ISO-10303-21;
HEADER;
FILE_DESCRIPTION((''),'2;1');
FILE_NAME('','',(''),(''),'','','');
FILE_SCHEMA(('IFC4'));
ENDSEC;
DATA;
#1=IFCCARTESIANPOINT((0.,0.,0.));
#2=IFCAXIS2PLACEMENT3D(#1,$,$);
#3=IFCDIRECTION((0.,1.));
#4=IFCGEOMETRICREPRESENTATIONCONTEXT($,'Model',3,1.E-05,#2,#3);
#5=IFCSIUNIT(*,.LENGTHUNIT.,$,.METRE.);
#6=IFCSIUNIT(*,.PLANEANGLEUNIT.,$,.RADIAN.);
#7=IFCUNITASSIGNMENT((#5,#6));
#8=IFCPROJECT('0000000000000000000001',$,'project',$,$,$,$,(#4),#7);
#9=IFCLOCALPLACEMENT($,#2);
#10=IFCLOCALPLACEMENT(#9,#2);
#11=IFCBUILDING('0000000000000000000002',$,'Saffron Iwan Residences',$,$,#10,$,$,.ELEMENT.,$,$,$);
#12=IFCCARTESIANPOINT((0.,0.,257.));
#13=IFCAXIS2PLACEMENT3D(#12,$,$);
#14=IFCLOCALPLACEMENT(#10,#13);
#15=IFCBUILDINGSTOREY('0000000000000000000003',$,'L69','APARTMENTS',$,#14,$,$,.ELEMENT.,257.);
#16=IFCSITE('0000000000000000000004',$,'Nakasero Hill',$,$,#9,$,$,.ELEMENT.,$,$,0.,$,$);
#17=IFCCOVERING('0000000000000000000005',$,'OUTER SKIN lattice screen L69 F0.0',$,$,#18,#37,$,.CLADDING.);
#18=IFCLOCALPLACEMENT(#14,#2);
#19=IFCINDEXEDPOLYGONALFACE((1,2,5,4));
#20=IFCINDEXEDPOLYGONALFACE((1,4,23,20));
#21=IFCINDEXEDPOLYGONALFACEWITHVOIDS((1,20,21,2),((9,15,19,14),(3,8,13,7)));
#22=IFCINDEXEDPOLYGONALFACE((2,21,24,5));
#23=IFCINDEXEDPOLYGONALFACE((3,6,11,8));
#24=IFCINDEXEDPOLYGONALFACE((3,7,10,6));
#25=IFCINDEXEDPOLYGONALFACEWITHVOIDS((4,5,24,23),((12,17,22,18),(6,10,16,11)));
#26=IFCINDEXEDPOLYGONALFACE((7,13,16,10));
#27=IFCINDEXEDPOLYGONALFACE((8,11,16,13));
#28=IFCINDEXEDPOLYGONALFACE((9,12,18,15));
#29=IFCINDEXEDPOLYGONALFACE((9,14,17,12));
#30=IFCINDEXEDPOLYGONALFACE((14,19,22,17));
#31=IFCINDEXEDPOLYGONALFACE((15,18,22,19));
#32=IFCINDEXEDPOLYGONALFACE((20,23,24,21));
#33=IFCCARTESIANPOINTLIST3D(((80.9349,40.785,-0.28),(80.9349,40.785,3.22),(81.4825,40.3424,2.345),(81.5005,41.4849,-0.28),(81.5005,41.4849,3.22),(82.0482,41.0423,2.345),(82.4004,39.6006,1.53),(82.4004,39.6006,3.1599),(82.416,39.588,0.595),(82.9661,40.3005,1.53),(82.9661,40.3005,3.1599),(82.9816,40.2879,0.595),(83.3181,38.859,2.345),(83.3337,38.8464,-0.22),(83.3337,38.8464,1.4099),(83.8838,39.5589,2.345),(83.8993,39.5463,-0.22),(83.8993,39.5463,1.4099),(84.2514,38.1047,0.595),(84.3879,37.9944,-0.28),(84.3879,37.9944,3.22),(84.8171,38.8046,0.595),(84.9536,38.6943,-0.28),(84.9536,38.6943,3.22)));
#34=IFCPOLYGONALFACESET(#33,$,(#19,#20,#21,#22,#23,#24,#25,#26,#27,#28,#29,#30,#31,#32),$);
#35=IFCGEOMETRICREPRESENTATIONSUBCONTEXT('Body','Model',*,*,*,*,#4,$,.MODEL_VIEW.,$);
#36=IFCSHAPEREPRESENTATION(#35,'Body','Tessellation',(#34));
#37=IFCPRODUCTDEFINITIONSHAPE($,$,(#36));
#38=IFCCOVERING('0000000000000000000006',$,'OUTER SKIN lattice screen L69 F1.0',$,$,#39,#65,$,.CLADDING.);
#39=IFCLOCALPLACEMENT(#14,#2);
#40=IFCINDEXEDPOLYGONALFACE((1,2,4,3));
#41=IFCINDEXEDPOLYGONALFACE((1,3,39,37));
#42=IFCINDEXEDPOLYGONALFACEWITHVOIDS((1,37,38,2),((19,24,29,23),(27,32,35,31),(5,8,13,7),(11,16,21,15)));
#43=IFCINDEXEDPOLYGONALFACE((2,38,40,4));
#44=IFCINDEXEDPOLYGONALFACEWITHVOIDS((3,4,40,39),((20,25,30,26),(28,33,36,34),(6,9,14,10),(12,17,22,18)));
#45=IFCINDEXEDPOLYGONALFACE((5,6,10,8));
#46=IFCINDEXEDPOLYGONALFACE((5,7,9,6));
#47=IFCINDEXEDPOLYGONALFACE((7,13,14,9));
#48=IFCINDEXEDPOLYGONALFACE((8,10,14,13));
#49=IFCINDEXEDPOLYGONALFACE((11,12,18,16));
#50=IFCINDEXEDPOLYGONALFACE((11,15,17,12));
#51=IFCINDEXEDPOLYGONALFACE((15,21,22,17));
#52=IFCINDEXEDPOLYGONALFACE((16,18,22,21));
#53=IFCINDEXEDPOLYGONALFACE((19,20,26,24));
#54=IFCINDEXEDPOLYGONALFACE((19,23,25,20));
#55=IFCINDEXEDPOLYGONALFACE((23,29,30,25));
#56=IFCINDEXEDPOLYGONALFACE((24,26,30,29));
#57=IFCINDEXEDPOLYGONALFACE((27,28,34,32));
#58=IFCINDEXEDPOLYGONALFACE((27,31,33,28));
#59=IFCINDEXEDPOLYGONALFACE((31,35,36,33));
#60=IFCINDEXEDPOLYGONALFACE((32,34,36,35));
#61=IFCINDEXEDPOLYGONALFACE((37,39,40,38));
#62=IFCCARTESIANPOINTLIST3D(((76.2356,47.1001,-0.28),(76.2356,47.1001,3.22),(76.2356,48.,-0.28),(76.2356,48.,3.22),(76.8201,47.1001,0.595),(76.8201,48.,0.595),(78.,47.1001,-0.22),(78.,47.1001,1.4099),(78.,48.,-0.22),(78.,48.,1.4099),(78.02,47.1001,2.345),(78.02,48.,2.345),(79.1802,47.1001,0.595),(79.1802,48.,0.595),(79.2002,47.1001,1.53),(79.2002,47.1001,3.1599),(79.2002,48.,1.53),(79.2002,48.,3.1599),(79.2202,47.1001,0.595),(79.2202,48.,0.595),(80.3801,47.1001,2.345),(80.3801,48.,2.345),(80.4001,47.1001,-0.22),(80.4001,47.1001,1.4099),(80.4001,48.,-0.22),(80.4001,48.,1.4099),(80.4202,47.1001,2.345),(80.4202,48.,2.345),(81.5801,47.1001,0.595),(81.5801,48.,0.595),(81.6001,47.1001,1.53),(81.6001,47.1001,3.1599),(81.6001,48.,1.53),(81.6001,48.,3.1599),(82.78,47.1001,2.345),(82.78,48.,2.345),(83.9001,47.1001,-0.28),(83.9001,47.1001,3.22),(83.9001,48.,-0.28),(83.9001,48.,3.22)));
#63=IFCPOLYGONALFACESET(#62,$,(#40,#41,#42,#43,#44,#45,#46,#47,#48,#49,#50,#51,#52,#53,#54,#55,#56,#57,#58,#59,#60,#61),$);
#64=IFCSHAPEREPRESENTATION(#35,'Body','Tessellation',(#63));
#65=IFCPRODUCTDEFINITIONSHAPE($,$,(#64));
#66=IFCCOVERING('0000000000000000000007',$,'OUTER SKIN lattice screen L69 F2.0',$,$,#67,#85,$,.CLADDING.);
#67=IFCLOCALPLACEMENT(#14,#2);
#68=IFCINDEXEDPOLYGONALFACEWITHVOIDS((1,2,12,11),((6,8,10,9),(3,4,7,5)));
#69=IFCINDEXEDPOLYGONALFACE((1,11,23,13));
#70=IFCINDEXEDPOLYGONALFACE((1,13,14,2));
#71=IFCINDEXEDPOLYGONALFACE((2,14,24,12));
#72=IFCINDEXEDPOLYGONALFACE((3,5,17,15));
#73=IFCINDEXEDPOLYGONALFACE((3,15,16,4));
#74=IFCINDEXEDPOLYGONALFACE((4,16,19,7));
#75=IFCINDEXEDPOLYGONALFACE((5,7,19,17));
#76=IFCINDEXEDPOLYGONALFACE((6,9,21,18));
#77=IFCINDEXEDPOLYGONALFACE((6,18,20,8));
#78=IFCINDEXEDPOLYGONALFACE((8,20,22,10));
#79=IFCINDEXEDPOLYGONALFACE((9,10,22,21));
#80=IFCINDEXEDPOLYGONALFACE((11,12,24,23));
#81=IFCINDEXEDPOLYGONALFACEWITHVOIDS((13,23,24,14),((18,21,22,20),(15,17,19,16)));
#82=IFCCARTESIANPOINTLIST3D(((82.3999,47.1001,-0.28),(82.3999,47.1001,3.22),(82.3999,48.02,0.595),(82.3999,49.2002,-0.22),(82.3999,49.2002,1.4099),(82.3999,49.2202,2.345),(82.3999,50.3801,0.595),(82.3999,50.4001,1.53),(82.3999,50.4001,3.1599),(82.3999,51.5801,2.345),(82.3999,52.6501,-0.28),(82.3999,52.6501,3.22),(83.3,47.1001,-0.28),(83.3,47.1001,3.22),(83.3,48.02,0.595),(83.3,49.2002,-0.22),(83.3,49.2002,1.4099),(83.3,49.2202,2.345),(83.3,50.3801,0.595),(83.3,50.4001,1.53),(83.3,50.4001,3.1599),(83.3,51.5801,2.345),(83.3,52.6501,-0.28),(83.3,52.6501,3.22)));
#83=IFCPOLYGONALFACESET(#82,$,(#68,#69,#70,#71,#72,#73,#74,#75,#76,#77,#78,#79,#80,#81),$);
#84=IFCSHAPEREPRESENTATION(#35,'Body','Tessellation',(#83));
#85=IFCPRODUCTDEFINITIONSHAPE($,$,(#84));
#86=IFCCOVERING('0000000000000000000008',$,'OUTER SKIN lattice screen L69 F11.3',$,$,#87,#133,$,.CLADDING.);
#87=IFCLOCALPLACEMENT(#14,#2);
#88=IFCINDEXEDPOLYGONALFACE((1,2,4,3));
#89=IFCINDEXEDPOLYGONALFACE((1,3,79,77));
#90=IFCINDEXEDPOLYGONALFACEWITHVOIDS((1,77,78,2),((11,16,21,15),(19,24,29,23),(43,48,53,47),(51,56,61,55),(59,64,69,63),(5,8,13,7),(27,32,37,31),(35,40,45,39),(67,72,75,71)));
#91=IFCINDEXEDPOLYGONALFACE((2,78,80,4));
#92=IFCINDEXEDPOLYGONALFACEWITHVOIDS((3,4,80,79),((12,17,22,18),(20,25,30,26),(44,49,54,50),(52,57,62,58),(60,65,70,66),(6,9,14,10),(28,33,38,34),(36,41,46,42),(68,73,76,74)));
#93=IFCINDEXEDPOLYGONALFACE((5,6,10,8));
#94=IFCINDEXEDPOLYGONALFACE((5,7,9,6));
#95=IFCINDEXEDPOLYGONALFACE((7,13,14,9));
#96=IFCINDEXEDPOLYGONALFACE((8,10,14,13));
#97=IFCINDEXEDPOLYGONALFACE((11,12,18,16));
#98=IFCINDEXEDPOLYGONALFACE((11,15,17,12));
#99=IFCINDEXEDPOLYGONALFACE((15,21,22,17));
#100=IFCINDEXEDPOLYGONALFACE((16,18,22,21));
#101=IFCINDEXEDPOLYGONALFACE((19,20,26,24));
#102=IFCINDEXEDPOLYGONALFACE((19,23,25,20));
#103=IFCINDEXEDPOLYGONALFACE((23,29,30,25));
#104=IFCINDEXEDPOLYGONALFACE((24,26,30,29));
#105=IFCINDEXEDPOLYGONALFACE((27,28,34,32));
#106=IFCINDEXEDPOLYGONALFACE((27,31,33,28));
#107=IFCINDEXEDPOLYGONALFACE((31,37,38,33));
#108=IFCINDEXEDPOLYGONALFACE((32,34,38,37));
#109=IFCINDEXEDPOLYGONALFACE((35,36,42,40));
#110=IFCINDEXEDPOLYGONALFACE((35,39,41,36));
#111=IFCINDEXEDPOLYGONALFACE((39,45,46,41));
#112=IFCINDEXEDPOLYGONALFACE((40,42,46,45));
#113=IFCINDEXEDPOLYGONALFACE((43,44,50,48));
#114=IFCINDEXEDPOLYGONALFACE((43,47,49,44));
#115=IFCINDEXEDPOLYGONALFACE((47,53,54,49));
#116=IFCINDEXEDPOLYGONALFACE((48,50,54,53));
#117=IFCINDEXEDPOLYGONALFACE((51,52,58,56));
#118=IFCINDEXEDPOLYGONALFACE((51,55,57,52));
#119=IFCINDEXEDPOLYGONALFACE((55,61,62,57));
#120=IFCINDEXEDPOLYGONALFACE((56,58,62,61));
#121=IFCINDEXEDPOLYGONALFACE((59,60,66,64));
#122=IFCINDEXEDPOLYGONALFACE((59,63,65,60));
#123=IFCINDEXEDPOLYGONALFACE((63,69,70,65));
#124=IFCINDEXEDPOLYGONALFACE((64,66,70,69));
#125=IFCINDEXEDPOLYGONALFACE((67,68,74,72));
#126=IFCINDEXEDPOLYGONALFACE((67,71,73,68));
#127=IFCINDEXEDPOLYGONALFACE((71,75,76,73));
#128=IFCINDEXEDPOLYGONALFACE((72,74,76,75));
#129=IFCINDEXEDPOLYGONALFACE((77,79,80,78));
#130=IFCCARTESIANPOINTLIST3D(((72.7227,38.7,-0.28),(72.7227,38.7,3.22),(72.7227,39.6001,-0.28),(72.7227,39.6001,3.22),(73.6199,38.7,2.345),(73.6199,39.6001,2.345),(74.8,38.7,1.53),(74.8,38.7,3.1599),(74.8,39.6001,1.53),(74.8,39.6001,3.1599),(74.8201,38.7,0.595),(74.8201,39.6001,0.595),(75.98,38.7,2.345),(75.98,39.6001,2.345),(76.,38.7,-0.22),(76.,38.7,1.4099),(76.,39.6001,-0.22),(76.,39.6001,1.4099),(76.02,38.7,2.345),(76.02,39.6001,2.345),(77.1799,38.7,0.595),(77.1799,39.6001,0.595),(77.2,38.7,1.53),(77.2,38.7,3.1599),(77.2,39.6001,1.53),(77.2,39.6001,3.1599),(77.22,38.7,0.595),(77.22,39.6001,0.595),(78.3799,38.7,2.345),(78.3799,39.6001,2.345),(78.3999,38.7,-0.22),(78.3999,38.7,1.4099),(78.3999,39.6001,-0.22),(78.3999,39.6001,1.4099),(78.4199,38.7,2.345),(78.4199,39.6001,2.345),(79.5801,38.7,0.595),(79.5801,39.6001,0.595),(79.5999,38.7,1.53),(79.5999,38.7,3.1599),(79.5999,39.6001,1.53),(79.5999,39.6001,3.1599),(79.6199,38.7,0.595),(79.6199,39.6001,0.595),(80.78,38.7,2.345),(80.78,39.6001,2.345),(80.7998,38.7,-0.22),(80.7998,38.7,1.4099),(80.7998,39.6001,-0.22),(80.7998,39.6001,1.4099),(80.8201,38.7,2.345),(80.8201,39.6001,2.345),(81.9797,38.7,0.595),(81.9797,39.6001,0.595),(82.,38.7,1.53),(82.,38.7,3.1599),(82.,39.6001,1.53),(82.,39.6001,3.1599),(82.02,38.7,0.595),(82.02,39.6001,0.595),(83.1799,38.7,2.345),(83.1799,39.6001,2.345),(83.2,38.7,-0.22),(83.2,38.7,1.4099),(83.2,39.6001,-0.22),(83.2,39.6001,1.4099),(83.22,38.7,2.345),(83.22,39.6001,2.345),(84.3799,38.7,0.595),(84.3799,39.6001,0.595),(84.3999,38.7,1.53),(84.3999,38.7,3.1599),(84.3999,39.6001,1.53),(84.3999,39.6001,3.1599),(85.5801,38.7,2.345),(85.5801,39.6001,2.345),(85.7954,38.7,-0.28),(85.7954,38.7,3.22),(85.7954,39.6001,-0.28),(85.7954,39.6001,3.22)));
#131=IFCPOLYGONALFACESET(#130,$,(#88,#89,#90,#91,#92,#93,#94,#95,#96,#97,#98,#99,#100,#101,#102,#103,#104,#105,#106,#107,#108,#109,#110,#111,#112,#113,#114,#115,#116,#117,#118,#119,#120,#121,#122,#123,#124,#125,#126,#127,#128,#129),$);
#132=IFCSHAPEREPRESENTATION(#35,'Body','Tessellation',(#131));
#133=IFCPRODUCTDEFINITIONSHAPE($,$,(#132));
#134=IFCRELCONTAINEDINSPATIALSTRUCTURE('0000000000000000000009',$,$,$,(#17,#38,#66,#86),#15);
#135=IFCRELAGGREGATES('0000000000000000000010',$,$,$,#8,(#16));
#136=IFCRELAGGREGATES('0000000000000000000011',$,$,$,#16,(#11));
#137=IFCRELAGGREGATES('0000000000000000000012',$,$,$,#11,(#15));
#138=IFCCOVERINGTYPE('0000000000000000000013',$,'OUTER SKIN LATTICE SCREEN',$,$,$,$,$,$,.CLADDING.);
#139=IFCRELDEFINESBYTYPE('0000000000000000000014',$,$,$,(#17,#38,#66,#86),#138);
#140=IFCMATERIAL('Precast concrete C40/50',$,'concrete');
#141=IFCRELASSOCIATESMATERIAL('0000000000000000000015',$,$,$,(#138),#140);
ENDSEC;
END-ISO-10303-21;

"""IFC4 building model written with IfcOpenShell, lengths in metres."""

from ifc_helpers import new_model, si_unit, direction, frame, origin, place, context, subcontext, project, spatial, polyline, outline, extrude, material, type_object, element, save


model = new_model("IFC4")

# Units and contexts
model_context = context("Model", 3, precision=1e-05, world=origin(), true_north=direction((0.0, 1.0)))
body_context = subcontext(model_context, "Body", "Model", "MODEL_VIEW")
ifc_project = project(units=[si_unit("LENGTHUNIT", "METRE"), si_unit("PLANEANGLEUNIT", "RADIAN")], contexts=[model_context])

# Site, building, storey
site_placement = place(None, origin())
site = spatial("IfcSite", under=ifc_project, at=site_placement, Name="Nakasero Hill", CompositionType="ELEMENT", RefElevation=0.0)
building_placement = place(site_placement, origin())
building = spatial("IfcBuilding", under=site, at=building_placement, Name="Saffron Iwan Residences", CompositionType="ELEMENT")
storey_placement = place(building_placement, frame((0.0, 0.0, 257.0)))
storey = spatial("IfcBuildingStorey", under=building, at=storey_placement, Name="L69", Description="APARTMENTS", CompositionType="ELEMENT", Elevation=257.0)

# Coverings
ifc_material_1 = material(Name="Precast concrete C40/50", Category="concrete")
covering_type = type_object("IfcCoveringType", Name="OUTER SKIN LATTICE SCREEN", PredefinedType="CLADDING", material=ifc_material_1)
covering_1_placement = place(storey_placement, frame((84.3879, 37.9944, -0.28), z_axis=(0.628558, 0.777763, 0.0), x_axis=(-0.777763, 0.628558, 0.0)))
element("IfcCovering", 1, at=covering_1_placement, inside=storey, type_object=covering_type, Name="OUTER SKIN lattice screen L69 F0.0", PredefinedType="CLADDING", context=body_context, shape_type="SweptSolid", body=[
    extrude(outline(polyline([(0.0, 0.0), (4.4397, 0.0), (4.4397, 3.5), (0.0, 3.5), (0.0, 0.0)]), holes=[polyline([(0.1755, 0.875), (1.3555, 0.0601), (2.5354, 0.875), (1.3555, 1.6899), (0.1755, 0.875)]), polyline([(1.3755, 2.625), (2.5554, 1.8101), (3.7356, 2.625), (2.5554, 3.4399), (1.3755, 2.625)])]), origin(), (0.0, 0.0, 1.0), 0.8999),
])
covering_2_placement = place(storey_placement, frame((76.2356, 48.0, -0.28), z_axis=(0.0, -1.0, 0.0), x_axis=(1.0, 0.0, 0.0)))
element("IfcCovering", 2, at=covering_2_placement, inside=storey, type_object=covering_type, Name="OUTER SKIN lattice screen L69 F1.0", PredefinedType="CLADDING", context=body_context, shape_type="SweptSolid", body=[
    extrude(outline(polyline([(0.0, 0.0), (7.6646, 0.0), (7.6646, 3.5), (0.0, 3.5), (0.0, 0.0)]), holes=[polyline([(0.5845, 0.875), (1.7644, 0.0601), (2.9446, 0.875), (1.7644, 1.6899), (0.5845, 0.875)]), polyline([(2.9846, 0.875), (4.1646, 0.0601), (5.3445, 0.875), (4.1646, 1.6899), (2.9846, 0.875)]), polyline([(1.7844, 2.625), (2.9646, 1.8101), (4.1445, 2.625), (2.9646, 3.4399), (1.7844, 2.625)]), polyline([(4.1846, 2.625), (5.3645, 1.8101), (6.5444, 2.625), (5.3645, 3.4399), (4.1846, 2.625)])]), origin(), (0.0, 0.0, 1.0), 0.8999),
])
covering_3_placement = place(storey_placement, frame((82.3999, 47.1001, -0.28), z_axis=(1.0, 0.0, 0.0), x_axis=(0.0, 1.0, 0.0)))
element("IfcCovering", 3, at=covering_3_placement, inside=storey, type_object=covering_type, Name="OUTER SKIN lattice screen L69 F2.0", PredefinedType="CLADDING", context=body_context, shape_type="SweptSolid", body=[
    extrude(outline(polyline([(0.0, 0.0), (5.55, 0.0), (5.55, 3.5), (0.0, 3.5), (0.0, 0.0)]), holes=[polyline([(0.9199, 0.875), (2.1001, 0.0601), (3.28, 0.875), (2.1001, 1.6899), (0.9199, 0.875)]), polyline([(2.1201, 2.625), (3.3, 1.8101), (4.48, 2.625), (3.3, 3.4399), (2.1201, 2.625)])]), origin(), (0.0, 0.0, 1.0), 0.9001),
])
covering_4_placement = place(storey_placement, frame((72.7227, 39.6001, -0.28), z_axis=(0.0, -1.0, 0.0), x_axis=(1.0, 0.0, 0.0)))
element("IfcCovering", 4, at=covering_4_placement, inside=storey, type_object=covering_type, Name="OUTER SKIN lattice screen L69 F11.3", PredefinedType="CLADDING", context=body_context, shape_type="SweptSolid", body=[
    extrude(outline(polyline([(0.0, 0.0), (13.0728, 0.0), (13.0728, 3.5), (0.0, 3.5), (0.0, 0.0)]), holes=[polyline([(2.0974, 0.875), (3.2773, 0.0601), (4.4573, 0.875), (3.2773, 1.6899), (2.0974, 0.875)]), polyline([(4.4973, 0.875), (5.6772, 0.0601), (6.8574, 0.875), (5.6772, 1.6899), (4.4973, 0.875)]), polyline([(6.8972, 0.875), (8.0771, 0.0601), (9.2571, 0.875), (8.0771, 1.6899), (6.8972, 0.875)]), polyline([(9.2974, 0.875), (10.4773, 0.0601), (11.6572, 0.875), (10.4773, 1.6899), (9.2974, 0.875)]), polyline([(0.8972, 2.625), (2.0774, 1.8101), (3.2573, 2.625), (2.0774, 3.4399), (0.8972, 2.625)]), polyline([(3.2974, 2.625), (4.4773, 1.8101), (5.6572, 2.625), (4.4773, 3.4399), (3.2974, 2.625)]), polyline([(5.6973, 2.625), (6.8772, 1.8101), (8.0574, 2.625), (6.8772, 3.4399), (5.6973, 2.625)]), polyline([(8.0974, 2.625), (9.2773, 1.8101), (10.4573, 2.625), (9.2773, 3.4399), (8.0974, 2.625)]), polyline([(10.4973, 2.625), (11.6772, 1.8101), (12.8574, 2.625), (11.6772, 3.4399), (10.4973, 2.625)])]), origin(), (0.0, 0.0, 1.0), 0.9001),
])

save(model, "model.ifc")
